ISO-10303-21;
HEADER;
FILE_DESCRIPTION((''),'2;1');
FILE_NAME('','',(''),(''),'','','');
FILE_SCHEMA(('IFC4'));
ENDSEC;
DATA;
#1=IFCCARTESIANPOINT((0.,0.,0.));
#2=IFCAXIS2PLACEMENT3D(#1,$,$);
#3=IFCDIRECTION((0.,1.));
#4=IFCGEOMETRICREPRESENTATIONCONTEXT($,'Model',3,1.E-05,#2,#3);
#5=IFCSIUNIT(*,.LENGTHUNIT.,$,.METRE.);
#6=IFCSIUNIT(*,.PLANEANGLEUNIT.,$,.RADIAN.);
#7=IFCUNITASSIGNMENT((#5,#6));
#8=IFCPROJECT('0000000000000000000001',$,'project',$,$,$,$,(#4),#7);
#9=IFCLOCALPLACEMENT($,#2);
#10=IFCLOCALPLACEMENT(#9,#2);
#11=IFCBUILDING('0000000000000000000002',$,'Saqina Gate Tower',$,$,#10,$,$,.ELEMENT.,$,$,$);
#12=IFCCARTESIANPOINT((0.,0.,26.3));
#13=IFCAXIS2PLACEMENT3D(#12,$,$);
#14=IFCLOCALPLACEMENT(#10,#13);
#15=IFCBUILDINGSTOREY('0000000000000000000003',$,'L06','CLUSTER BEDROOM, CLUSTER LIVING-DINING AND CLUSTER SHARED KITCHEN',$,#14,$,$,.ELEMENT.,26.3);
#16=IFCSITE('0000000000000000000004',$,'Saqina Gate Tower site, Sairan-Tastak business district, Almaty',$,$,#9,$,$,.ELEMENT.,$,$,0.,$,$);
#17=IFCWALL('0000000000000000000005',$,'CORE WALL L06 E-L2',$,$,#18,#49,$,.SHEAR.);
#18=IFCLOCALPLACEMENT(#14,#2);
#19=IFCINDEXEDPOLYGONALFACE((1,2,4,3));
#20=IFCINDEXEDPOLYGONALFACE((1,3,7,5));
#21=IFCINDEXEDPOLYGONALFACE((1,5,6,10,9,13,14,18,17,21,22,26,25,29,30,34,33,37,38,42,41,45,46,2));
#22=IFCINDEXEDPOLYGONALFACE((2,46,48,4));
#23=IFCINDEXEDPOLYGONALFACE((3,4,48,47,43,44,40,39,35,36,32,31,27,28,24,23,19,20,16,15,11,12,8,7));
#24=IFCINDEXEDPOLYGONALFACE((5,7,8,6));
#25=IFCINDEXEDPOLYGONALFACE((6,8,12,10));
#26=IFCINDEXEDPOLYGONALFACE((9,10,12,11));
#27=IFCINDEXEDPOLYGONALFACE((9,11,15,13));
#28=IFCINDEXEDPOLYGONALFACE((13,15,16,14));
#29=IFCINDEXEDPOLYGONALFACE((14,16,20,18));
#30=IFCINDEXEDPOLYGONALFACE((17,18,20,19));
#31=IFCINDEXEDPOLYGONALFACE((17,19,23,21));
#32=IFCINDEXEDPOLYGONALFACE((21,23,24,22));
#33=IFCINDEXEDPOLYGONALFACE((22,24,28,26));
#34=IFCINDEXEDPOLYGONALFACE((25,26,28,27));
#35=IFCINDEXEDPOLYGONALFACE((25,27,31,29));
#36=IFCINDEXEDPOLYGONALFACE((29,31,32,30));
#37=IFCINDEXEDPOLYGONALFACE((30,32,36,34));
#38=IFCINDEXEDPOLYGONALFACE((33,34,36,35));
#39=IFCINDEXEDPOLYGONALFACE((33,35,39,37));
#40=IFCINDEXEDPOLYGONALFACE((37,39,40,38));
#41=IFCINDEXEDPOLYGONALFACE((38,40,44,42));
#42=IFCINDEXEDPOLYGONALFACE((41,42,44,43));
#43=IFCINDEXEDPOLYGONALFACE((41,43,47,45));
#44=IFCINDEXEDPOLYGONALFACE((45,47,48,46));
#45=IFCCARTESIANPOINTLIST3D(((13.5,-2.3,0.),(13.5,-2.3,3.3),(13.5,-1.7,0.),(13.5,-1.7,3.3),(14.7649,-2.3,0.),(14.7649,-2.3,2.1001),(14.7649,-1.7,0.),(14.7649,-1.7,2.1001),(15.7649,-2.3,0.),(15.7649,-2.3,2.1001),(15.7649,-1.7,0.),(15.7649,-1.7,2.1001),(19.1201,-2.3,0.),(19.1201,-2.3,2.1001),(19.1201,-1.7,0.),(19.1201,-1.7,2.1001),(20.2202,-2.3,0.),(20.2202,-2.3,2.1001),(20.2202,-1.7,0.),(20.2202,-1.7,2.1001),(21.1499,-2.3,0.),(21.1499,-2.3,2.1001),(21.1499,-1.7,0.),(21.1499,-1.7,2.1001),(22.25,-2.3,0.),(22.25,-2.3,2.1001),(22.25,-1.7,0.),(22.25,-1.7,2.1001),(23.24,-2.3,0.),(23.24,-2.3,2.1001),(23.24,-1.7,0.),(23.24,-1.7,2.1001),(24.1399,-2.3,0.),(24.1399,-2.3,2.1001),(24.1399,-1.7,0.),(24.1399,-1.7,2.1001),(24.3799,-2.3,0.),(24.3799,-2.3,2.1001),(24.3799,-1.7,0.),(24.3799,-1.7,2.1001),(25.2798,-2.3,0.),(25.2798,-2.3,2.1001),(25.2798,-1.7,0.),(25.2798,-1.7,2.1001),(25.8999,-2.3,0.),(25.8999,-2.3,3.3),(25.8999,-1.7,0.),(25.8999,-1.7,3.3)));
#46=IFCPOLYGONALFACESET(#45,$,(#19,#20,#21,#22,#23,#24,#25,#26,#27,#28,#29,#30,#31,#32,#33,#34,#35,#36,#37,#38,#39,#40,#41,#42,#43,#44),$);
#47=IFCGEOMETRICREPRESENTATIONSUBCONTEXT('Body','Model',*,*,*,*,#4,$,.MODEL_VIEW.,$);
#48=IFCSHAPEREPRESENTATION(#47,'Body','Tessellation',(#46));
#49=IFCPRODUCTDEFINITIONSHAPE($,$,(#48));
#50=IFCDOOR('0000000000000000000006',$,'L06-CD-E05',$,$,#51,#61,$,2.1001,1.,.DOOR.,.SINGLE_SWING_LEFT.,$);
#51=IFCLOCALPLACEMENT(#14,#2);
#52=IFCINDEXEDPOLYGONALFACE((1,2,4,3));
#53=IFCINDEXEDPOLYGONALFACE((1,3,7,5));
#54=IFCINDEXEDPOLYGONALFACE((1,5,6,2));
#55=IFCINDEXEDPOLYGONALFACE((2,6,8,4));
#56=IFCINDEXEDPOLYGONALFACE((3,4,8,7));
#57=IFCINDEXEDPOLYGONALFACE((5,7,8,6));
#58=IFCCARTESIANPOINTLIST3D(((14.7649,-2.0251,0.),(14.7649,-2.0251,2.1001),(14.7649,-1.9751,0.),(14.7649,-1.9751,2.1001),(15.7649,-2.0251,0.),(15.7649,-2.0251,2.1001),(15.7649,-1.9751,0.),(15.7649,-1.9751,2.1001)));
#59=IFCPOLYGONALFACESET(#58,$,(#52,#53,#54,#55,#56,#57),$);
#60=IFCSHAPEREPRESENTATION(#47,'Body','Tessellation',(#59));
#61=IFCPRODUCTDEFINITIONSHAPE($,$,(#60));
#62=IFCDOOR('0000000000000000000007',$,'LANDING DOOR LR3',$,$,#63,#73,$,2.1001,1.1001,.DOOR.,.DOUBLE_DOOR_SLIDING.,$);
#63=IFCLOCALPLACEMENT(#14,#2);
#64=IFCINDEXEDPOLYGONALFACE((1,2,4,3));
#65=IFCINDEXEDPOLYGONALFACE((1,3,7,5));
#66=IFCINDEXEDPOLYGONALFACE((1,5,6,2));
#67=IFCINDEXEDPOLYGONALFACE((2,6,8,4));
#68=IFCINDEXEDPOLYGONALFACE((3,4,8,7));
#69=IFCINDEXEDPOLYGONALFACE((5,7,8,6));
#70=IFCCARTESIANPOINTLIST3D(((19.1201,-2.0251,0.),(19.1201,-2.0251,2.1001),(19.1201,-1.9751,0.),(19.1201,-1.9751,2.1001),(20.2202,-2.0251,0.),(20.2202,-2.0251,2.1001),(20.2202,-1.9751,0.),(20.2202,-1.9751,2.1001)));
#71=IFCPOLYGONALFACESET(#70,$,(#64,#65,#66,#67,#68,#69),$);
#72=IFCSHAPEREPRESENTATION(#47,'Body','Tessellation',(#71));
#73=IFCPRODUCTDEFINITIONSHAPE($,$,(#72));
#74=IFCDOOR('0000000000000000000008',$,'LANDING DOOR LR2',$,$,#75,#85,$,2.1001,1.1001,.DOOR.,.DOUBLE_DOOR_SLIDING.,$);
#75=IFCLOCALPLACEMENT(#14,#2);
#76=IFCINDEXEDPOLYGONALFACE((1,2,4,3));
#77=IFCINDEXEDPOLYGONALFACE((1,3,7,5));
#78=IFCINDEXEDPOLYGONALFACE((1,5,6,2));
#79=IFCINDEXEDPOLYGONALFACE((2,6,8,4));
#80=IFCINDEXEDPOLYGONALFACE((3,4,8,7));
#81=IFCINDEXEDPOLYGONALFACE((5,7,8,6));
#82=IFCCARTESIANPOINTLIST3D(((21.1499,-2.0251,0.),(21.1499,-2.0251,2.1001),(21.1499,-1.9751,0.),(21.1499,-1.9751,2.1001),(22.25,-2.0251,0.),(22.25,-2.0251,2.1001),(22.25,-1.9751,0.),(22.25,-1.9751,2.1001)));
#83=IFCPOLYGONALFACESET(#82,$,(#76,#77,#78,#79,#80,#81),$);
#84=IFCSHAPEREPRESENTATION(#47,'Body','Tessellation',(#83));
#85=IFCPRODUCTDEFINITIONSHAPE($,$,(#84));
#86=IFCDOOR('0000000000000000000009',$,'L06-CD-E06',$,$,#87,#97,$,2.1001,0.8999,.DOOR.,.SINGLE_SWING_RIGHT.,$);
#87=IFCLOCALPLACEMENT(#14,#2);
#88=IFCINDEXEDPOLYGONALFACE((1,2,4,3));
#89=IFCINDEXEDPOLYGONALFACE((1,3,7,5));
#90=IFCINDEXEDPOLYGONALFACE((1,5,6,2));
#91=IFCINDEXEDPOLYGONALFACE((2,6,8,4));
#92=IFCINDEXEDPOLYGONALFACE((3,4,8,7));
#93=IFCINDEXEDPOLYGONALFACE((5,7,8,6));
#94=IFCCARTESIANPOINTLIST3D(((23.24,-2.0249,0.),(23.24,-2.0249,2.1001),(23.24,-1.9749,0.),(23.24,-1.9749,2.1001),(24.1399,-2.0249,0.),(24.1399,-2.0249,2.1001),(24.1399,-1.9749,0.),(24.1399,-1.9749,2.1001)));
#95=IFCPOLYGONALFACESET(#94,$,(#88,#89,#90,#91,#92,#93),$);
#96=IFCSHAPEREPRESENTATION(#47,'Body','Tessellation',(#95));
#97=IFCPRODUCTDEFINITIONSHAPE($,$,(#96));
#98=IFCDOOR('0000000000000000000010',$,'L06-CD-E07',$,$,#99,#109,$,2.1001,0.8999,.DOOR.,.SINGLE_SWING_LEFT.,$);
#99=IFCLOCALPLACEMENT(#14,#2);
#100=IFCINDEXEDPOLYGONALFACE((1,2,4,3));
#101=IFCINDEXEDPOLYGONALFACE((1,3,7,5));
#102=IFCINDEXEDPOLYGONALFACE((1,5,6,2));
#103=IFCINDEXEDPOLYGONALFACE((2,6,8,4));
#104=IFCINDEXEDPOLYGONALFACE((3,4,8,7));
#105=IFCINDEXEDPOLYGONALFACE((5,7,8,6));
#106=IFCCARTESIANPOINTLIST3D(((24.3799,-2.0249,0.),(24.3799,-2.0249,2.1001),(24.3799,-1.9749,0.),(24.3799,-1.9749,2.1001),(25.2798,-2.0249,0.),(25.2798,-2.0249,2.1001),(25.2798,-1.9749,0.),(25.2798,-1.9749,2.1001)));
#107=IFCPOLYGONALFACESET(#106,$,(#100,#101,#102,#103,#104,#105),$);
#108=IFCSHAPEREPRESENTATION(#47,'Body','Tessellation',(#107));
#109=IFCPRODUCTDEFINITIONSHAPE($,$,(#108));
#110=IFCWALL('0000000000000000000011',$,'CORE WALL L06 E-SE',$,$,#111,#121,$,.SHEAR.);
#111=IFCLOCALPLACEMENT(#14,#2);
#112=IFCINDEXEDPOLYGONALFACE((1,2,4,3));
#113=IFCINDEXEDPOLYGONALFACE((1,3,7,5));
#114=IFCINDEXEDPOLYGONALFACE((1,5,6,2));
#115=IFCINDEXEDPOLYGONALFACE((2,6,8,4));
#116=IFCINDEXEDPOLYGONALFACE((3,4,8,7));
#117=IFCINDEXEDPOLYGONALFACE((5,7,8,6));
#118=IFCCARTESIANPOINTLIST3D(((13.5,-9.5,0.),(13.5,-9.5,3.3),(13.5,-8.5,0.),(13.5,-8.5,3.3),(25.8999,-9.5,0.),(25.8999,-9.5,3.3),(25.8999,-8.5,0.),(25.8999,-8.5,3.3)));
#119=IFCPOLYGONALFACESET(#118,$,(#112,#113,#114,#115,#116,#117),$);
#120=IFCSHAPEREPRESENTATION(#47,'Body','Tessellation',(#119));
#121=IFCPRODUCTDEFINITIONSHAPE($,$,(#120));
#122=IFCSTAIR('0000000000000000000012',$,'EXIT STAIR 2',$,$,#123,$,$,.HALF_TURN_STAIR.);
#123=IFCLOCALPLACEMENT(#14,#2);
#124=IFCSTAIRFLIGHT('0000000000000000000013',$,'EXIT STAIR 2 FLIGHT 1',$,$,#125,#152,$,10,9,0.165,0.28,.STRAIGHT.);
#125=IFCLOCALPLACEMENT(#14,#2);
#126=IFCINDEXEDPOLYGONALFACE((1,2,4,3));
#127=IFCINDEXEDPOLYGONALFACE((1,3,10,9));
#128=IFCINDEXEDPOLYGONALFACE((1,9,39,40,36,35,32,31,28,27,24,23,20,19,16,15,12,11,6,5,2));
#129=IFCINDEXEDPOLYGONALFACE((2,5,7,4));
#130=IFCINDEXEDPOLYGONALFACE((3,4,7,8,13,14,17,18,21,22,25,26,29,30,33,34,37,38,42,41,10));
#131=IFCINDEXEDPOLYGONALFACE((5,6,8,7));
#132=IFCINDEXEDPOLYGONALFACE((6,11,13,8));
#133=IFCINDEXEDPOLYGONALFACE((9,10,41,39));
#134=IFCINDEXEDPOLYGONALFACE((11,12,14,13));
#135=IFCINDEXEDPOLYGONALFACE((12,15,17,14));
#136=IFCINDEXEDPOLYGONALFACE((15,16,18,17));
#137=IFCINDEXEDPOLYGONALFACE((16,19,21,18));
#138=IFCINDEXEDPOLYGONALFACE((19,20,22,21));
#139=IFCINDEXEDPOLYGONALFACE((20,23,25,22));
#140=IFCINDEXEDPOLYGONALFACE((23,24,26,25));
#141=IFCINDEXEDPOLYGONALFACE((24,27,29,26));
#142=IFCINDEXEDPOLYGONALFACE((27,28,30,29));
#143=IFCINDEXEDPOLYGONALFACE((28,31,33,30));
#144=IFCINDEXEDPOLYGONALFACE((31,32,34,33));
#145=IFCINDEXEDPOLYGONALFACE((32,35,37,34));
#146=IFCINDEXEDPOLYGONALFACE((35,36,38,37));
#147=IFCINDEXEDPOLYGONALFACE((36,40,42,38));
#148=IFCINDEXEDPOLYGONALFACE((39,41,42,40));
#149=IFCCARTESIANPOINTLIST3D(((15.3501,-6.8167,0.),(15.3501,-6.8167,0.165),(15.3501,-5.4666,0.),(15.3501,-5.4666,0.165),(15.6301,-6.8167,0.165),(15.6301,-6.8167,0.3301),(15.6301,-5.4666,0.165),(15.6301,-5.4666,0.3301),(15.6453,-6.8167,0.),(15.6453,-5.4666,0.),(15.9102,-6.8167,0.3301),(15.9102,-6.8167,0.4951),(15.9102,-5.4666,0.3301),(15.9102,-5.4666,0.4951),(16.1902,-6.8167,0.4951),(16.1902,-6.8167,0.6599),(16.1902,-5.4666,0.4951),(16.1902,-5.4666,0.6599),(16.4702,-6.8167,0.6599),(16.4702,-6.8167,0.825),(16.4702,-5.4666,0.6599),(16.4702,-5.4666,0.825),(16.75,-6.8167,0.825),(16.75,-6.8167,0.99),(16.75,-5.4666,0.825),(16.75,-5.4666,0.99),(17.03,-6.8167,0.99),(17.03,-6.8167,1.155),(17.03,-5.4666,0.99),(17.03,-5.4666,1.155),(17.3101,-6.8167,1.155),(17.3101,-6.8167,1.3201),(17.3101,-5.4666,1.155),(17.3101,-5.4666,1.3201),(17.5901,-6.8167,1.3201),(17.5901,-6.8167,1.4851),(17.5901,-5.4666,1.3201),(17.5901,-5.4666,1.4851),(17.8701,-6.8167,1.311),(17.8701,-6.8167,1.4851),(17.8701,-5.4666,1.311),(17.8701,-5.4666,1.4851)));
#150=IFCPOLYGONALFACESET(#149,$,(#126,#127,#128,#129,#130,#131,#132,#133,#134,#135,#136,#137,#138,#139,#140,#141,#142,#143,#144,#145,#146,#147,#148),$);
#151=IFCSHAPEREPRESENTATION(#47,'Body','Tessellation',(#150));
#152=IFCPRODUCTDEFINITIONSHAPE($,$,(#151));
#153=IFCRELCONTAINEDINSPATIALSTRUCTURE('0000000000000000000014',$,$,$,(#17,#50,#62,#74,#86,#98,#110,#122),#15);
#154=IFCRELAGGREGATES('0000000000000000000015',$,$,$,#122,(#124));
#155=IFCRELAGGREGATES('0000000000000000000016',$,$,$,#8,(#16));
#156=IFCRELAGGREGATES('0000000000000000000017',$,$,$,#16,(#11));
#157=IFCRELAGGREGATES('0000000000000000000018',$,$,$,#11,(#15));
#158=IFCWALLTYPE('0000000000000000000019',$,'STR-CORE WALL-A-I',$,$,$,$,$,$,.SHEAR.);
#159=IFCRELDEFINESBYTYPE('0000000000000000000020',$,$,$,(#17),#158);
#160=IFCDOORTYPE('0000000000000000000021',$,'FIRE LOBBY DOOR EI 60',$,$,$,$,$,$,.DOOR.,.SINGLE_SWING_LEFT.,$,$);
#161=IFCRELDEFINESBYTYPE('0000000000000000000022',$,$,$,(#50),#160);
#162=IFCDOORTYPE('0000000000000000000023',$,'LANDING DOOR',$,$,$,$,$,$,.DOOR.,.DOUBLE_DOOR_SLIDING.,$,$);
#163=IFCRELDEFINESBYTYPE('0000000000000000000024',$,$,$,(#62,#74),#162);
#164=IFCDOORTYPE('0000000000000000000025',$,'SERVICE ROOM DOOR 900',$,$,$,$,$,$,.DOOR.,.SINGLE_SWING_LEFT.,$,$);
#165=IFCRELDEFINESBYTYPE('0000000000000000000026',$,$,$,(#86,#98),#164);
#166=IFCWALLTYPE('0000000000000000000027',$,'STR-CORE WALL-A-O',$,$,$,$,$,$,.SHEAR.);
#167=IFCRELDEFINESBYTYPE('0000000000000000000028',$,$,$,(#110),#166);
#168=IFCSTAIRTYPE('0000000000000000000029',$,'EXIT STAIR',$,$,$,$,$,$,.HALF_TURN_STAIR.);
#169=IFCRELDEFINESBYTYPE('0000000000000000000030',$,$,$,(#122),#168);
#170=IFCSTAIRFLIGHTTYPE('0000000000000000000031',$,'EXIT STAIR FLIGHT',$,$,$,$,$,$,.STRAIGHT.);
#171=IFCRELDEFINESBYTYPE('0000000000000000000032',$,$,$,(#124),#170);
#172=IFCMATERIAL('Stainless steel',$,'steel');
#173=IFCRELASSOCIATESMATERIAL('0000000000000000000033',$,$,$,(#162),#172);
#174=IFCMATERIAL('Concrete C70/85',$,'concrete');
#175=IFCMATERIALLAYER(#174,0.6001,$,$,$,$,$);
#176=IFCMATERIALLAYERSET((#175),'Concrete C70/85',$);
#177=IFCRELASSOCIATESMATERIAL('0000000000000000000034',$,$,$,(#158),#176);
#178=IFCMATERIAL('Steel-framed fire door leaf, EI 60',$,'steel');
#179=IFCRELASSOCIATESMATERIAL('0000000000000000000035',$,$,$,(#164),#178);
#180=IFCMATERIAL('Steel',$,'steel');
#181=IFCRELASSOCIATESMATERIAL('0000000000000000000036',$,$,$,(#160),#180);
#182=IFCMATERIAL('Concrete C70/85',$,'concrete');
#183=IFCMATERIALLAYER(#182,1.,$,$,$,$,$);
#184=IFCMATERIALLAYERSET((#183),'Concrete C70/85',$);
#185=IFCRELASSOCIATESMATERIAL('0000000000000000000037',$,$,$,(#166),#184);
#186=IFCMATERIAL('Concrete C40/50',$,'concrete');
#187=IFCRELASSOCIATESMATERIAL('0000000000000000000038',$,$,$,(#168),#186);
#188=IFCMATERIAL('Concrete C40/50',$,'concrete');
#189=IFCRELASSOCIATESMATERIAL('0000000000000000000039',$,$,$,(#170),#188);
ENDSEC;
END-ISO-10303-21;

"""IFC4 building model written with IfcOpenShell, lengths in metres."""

from ifc_helpers import new_model, si_unit, direction, frame, frame_2d, origin, place, context, subcontext, project, spatial, polyline, rectangle, outline, extrude, material, layer, layer_set, type_object, element, fill, aggregate, save


model = new_model("IFC4")

# Units and contexts
model_context = context("Model", 3, precision=1e-05, world=origin(), true_north=direction((0.0, 1.0)))
body_context = subcontext(model_context, "Body", "Model", "MODEL_VIEW")
ifc_project = project(units=[si_unit("LENGTHUNIT", "METRE"), si_unit("PLANEANGLEUNIT", "RADIAN")], contexts=[model_context])

# Site, building, storey
site_placement = place(None, origin())
site = spatial("IfcSite", under=ifc_project, at=site_placement, Name="Saqina Gate Tower site, Sairan-Tastak business district, Almaty", CompositionType="ELEMENT", RefElevation=0.0)
building_placement = place(site_placement, origin())
building = spatial("IfcBuilding", under=site, at=building_placement, Name="Saqina Gate Tower", CompositionType="ELEMENT")
storey_placement = place(building_placement, frame((0.0, 0.0, 26.3)))
storey = spatial("IfcBuildingStorey", under=building, at=storey_placement, Name="L06", Description="CLUSTER BEDROOM, CLUSTER LIVING-DINING AND CLUSTER SHARED KITCHEN", CompositionType="ELEMENT", Elevation=26.3)

# Shared definitions
ifc_material_1 = material(Name="Stainless steel", Category="steel")
door_type_1 = type_object("IfcDoorType", Name="LANDING DOOR", OperationType="DOUBLE_DOOR_SLIDING", PredefinedType="DOOR", material=ifc_material_1)

# Wall, openings, doors
ifc_material_2 = material(Name="Concrete C70/85", Category="concrete")
ifc_layer_1 = layer(ifc_material_2, 0.6001)
ifc_layer_set_1 = layer_set([ifc_layer_1], Name="Concrete C70/85")
wall_type_1 = type_object("IfcWallType", Name="STR-CORE WALL-A-I", PredefinedType="SHEAR", material=ifc_layer_set_1)
ifc_material_3 = material(Name="Steel-framed fire door leaf, EI 60", Category="steel")
door_type_2 = type_object("IfcDoorType", Name="SERVICE ROOM DOOR 900", OperationType="SINGLE_SWING_LEFT", PredefinedType="DOOR", material=ifc_material_3)
wall_1_placement = place(storey_placement, frame((13.5, -2.0, 0.0), z_axis=(0.0, 0.0, 1.0), x_axis=(1.0, 0.0, 0.0)))
wall_1 = element("IfcWall", 1, at=wall_1_placement, inside=storey, type_object=wall_type_1, Name="CORE WALL L06 E-L2", PredefinedType="SHEAR", context=body_context, shape_type="SweptSolid", body=[
    extrude(rectangle(XDim=12.3999, YDim=0.6001, at=frame_2d((6.2, 0.0))), origin(), (0.0, 0.0, 1.0), 3.3),
])
opening_1_placement = place(wall_1_placement, frame((5.6201, 0.0, 0.0)))
opening_1 = element("IfcOpeningElement", 2, at=opening_1_placement, cuts=wall_1, PredefinedType="OPENING", context=body_context, shape_type="SweptSolid", body=[
    extrude(rectangle(XDim=1.1001, YDim=2.1001, at=frame_2d((0.55, 1.05))), frame((0.0, 0.312, 0.0), z_axis=(0.0, -1.0, 0.0), x_axis=(1.0, 0.0, 0.0)), (0.0, 0.0, 1.0), 0.624),
])
opening_2_placement = place(wall_1_placement, frame((7.6499, 0.0, 0.0)))
opening_2 = element("IfcOpeningElement", 3, at=opening_2_placement, cuts=wall_1, PredefinedType="OPENING", context=body_context, shape_type="SweptSolid", body=[
    extrude(rectangle(XDim=1.1001, YDim=2.1001, at=frame_2d((0.55, 1.05))), frame((0.0, 0.312, 0.0), z_axis=(0.0, -1.0, 0.0), x_axis=(1.0, 0.0, 0.0)), (0.0, 0.0, 1.0), 0.624),
])
opening_3_placement = place(wall_1_placement, frame((1.2649, 0.0, 0.0)))
opening_3 = element("IfcOpeningElement", 4, at=opening_3_placement, cuts=wall_1, PredefinedType="OPENING", context=body_context, shape_type="SweptSolid", body=[
    extrude(rectangle(XDim=1.0, YDim=2.1001, at=frame_2d((0.5, 1.05))), frame((0.0, 0.312, 0.0), z_axis=(0.0, -1.0, 0.0), x_axis=(1.0, 0.0, 0.0)), (0.0, 0.0, 1.0), 0.624),
])
opening_4_placement = place(wall_1_placement, frame((9.74, 0.0, 0.0)))
opening_4 = element("IfcOpeningElement", 5, at=opening_4_placement, cuts=wall_1, PredefinedType="OPENING", context=body_context, shape_type="SweptSolid", body=[
    extrude(rectangle(XDim=0.8999, YDim=2.1001, at=frame_2d((0.45, 1.05))), frame((0.0, 0.312, 0.0), z_axis=(0.0, -1.0, 0.0), x_axis=(1.0, 0.0, 0.0)), (0.0, 0.0, 1.0), 0.624),
])
opening_5_placement = place(wall_1_placement, frame((10.8799, 0.0, 0.0)))
opening_5 = element("IfcOpeningElement", 6, at=opening_5_placement, cuts=wall_1, PredefinedType="OPENING", context=body_context, shape_type="SweptSolid", body=[
    extrude(rectangle(XDim=0.8999, YDim=2.1001, at=frame_2d((0.45, 1.05))), frame((0.0, 0.312, 0.0), z_axis=(0.0, -1.0, 0.0), x_axis=(1.0, 0.0, 0.0)), (0.0, 0.0, 1.0), 0.624),
])
ifc_material_4 = material(Name="Steel", Category="steel")
door_type_3 = type_object("IfcDoorType", Name="FIRE LOBBY DOOR EI 60", OperationType="SINGLE_SWING_LEFT", PredefinedType="DOOR", material=ifc_material_4)
door_1_placement = place(opening_3_placement, origin())
door_1 = element("IfcDoor", 7, at=door_1_placement, inside=storey, type_object=door_type_3, Name="L06-CD-E05", OperationType="SINGLE_SWING_LEFT", OverallHeight=2.1001, OverallWidth=1.0, PredefinedType="DOOR", context=body_context, shape_type="SweptSolid", body=[
    extrude(rectangle(XDim=1.0, YDim=2.1001, at=frame_2d((0.5, 1.05))), frame((0.0, 0.0249, 0.0), z_axis=(0.0, -1.0, 0.0), x_axis=(1.0, 0.0, 0.0)), (0.0, 0.0, 1.0), 0.05),
])
fill(opening_3, door_1)
door_2_placement = place(opening_1_placement, origin())
door_2 = element("IfcDoor", 8, at=door_2_placement, inside=storey, type_object=door_type_1, Name="LANDING DOOR LR3", OperationType="DOUBLE_DOOR_SLIDING", OverallHeight=2.1001, OverallWidth=1.1001, PredefinedType="DOOR", context=body_context, shape_type="SweptSolid", body=[
    extrude(rectangle(XDim=1.1001, YDim=2.1001, at=frame_2d((0.55, 1.05))), frame((0.0, 0.0249, 0.0), z_axis=(0.0, -1.0, 0.0), x_axis=(1.0, 0.0, 0.0)), (0.0, 0.0, 1.0), 0.05),
])
fill(opening_1, door_2)
door_3_placement = place(opening_2_placement, origin())
door_3 = element("IfcDoor", 9, at=door_3_placement, inside=storey, type_object=door_type_1, Name="LANDING DOOR LR2", OperationType="DOUBLE_DOOR_SLIDING", OverallHeight=2.1001, OverallWidth=1.1001, PredefinedType="DOOR", context=body_context, shape_type="SweptSolid", body=[
    extrude(rectangle(XDim=1.1001, YDim=2.1001, at=frame_2d((0.55, 1.05))), frame((0.0, 0.0249, 0.0), z_axis=(0.0, -1.0, 0.0), x_axis=(1.0, 0.0, 0.0)), (0.0, 0.0, 1.0), 0.05),
])
fill(opening_2, door_3)
door_4_placement = place(opening_4_placement, frame((0.8999, 0.0, 0.0), z_axis=(0.0, 0.0, 1.0), x_axis=(-1.0, 0.0, 0.0)))
door_4 = element("IfcDoor", 10, at=door_4_placement, inside=storey, type_object=door_type_2, Name="L06-CD-E06", OperationType="SINGLE_SWING_RIGHT", OverallHeight=2.1001, OverallWidth=0.8999, PredefinedType="DOOR", context=body_context, shape_type="SweptSolid", body=[
    extrude(rectangle(XDim=0.8999, YDim=2.1001, at=frame_2d((0.45, 1.05))), frame((0.0, 0.0249, 0.0), z_axis=(0.0, -1.0, 0.0), x_axis=(1.0, 0.0, 0.0)), (0.0, 0.0, 1.0), 0.05),
])
fill(opening_4, door_4)
door_5_placement = place(opening_5_placement, frame((0.8999, 0.0, 0.0), z_axis=(0.0, 0.0, 1.0), x_axis=(-1.0, 0.0, 0.0)))
door_5 = element("IfcDoor", 11, at=door_5_placement, inside=storey, type_object=door_type_2, Name="L06-CD-E07", OperationType="SINGLE_SWING_LEFT", OverallHeight=2.1001, OverallWidth=0.8999, PredefinedType="DOOR", context=body_context, shape_type="SweptSolid", body=[
    extrude(rectangle(XDim=0.8999, YDim=2.1001, at=frame_2d((0.45, 1.05))), frame((0.0, 0.0249, 0.0), z_axis=(0.0, -1.0, 0.0), x_axis=(1.0, 0.0, 0.0)), (0.0, 0.0, 1.0), 0.05),
])
fill(opening_5, door_5)
ifc_material_5 = material(Name="Concrete C70/85", Category="concrete")
ifc_layer_2 = layer(ifc_material_5, 1.0)
ifc_layer_set_2 = layer_set([ifc_layer_2], Name="Concrete C70/85")
wall_type_2 = type_object("IfcWallType", Name="STR-CORE WALL-A-O", PredefinedType="SHEAR", material=ifc_layer_set_2)

# Wall
wall_2_placement = place(storey_placement, frame((13.5, -9.0, 0.0), z_axis=(0.0, 0.0, 1.0), x_axis=(1.0, 0.0, 0.0)))
element("IfcWall", 12, at=wall_2_placement, inside=storey, type_object=wall_type_2, Name="CORE WALL L06 E-SE", PredefinedType="SHEAR", context=body_context, shape_type="SweptSolid", body=[
    extrude(rectangle(XDim=12.3999, YDim=1.0, at=frame_2d((6.2, 0.0))), origin(), (0.0, 0.0, 1.0), 3.3),
])

# Stair, stair flight
ifc_material_6 = material(Name="Concrete C40/50", Category="concrete")
stair_type = type_object("IfcStairType", Name="EXIT STAIR", PredefinedType="HALF_TURN_STAIR", material=ifc_material_6)
stair_placement = place(storey_placement, origin())
stair = element("IfcStair", 13, at=stair_placement, inside=storey, type_object=stair_type, Name="EXIT STAIR 2", PredefinedType="HALF_TURN_STAIR")
ifc_material_7 = material(Name="Concrete C40/50", Category="concrete")
stair_flight_type = type_object("IfcStairFlightType", Name="EXIT STAIR FLIGHT", PredefinedType="STRAIGHT", material=ifc_material_7)
stair_flight_1_placement = place(storey_placement, frame((15.3501, -6.1416, 0.0), z_axis=(0.0, 0.0, 1.0), x_axis=(1.0, 0.0, 0.0)))
stair_flight_1 = element("IfcStairFlight", 14, at=stair_flight_1_placement, type_object=stair_flight_type, Name="EXIT STAIR 2 FLIGHT 1", NumberOfRisers=10, NumberOfTreads=9, PredefinedType="STRAIGHT", RiserHeight=0.165, TreadLength=0.28, context=body_context, shape_type="SweptSolid", body=[
    extrude(outline(polyline([(0.0, 0.0), (0.0, 0.165), (0.28, 0.165), (0.28, 0.3301), (0.5601, 0.3301), (0.5601, 0.4951), (0.8401, 0.4951), (0.8401, 0.6599), (1.1201, 0.6599), (1.1201, 0.825), (1.3999, 0.825), (1.3999, 0.99), (1.6799, 0.99), (1.6799, 1.155), (1.96, 1.155), (1.96, 1.3201), (2.24, 1.3201), (2.24, 1.4851), (2.52, 1.4851), (2.52, 1.6499), (2.52, 1.311), (0.2952, 0.0), (0.0, 0.0)])), frame((0.0, 0.675, 0.0), z_axis=(0.0, -1.0, 0.0), x_axis=(1.0, 0.0, 0.0)), (0.0, 0.0, 1.0), 1.3501),
])
aggregate(stair, [stair_flight_1])

save(model, "model.ifc")
